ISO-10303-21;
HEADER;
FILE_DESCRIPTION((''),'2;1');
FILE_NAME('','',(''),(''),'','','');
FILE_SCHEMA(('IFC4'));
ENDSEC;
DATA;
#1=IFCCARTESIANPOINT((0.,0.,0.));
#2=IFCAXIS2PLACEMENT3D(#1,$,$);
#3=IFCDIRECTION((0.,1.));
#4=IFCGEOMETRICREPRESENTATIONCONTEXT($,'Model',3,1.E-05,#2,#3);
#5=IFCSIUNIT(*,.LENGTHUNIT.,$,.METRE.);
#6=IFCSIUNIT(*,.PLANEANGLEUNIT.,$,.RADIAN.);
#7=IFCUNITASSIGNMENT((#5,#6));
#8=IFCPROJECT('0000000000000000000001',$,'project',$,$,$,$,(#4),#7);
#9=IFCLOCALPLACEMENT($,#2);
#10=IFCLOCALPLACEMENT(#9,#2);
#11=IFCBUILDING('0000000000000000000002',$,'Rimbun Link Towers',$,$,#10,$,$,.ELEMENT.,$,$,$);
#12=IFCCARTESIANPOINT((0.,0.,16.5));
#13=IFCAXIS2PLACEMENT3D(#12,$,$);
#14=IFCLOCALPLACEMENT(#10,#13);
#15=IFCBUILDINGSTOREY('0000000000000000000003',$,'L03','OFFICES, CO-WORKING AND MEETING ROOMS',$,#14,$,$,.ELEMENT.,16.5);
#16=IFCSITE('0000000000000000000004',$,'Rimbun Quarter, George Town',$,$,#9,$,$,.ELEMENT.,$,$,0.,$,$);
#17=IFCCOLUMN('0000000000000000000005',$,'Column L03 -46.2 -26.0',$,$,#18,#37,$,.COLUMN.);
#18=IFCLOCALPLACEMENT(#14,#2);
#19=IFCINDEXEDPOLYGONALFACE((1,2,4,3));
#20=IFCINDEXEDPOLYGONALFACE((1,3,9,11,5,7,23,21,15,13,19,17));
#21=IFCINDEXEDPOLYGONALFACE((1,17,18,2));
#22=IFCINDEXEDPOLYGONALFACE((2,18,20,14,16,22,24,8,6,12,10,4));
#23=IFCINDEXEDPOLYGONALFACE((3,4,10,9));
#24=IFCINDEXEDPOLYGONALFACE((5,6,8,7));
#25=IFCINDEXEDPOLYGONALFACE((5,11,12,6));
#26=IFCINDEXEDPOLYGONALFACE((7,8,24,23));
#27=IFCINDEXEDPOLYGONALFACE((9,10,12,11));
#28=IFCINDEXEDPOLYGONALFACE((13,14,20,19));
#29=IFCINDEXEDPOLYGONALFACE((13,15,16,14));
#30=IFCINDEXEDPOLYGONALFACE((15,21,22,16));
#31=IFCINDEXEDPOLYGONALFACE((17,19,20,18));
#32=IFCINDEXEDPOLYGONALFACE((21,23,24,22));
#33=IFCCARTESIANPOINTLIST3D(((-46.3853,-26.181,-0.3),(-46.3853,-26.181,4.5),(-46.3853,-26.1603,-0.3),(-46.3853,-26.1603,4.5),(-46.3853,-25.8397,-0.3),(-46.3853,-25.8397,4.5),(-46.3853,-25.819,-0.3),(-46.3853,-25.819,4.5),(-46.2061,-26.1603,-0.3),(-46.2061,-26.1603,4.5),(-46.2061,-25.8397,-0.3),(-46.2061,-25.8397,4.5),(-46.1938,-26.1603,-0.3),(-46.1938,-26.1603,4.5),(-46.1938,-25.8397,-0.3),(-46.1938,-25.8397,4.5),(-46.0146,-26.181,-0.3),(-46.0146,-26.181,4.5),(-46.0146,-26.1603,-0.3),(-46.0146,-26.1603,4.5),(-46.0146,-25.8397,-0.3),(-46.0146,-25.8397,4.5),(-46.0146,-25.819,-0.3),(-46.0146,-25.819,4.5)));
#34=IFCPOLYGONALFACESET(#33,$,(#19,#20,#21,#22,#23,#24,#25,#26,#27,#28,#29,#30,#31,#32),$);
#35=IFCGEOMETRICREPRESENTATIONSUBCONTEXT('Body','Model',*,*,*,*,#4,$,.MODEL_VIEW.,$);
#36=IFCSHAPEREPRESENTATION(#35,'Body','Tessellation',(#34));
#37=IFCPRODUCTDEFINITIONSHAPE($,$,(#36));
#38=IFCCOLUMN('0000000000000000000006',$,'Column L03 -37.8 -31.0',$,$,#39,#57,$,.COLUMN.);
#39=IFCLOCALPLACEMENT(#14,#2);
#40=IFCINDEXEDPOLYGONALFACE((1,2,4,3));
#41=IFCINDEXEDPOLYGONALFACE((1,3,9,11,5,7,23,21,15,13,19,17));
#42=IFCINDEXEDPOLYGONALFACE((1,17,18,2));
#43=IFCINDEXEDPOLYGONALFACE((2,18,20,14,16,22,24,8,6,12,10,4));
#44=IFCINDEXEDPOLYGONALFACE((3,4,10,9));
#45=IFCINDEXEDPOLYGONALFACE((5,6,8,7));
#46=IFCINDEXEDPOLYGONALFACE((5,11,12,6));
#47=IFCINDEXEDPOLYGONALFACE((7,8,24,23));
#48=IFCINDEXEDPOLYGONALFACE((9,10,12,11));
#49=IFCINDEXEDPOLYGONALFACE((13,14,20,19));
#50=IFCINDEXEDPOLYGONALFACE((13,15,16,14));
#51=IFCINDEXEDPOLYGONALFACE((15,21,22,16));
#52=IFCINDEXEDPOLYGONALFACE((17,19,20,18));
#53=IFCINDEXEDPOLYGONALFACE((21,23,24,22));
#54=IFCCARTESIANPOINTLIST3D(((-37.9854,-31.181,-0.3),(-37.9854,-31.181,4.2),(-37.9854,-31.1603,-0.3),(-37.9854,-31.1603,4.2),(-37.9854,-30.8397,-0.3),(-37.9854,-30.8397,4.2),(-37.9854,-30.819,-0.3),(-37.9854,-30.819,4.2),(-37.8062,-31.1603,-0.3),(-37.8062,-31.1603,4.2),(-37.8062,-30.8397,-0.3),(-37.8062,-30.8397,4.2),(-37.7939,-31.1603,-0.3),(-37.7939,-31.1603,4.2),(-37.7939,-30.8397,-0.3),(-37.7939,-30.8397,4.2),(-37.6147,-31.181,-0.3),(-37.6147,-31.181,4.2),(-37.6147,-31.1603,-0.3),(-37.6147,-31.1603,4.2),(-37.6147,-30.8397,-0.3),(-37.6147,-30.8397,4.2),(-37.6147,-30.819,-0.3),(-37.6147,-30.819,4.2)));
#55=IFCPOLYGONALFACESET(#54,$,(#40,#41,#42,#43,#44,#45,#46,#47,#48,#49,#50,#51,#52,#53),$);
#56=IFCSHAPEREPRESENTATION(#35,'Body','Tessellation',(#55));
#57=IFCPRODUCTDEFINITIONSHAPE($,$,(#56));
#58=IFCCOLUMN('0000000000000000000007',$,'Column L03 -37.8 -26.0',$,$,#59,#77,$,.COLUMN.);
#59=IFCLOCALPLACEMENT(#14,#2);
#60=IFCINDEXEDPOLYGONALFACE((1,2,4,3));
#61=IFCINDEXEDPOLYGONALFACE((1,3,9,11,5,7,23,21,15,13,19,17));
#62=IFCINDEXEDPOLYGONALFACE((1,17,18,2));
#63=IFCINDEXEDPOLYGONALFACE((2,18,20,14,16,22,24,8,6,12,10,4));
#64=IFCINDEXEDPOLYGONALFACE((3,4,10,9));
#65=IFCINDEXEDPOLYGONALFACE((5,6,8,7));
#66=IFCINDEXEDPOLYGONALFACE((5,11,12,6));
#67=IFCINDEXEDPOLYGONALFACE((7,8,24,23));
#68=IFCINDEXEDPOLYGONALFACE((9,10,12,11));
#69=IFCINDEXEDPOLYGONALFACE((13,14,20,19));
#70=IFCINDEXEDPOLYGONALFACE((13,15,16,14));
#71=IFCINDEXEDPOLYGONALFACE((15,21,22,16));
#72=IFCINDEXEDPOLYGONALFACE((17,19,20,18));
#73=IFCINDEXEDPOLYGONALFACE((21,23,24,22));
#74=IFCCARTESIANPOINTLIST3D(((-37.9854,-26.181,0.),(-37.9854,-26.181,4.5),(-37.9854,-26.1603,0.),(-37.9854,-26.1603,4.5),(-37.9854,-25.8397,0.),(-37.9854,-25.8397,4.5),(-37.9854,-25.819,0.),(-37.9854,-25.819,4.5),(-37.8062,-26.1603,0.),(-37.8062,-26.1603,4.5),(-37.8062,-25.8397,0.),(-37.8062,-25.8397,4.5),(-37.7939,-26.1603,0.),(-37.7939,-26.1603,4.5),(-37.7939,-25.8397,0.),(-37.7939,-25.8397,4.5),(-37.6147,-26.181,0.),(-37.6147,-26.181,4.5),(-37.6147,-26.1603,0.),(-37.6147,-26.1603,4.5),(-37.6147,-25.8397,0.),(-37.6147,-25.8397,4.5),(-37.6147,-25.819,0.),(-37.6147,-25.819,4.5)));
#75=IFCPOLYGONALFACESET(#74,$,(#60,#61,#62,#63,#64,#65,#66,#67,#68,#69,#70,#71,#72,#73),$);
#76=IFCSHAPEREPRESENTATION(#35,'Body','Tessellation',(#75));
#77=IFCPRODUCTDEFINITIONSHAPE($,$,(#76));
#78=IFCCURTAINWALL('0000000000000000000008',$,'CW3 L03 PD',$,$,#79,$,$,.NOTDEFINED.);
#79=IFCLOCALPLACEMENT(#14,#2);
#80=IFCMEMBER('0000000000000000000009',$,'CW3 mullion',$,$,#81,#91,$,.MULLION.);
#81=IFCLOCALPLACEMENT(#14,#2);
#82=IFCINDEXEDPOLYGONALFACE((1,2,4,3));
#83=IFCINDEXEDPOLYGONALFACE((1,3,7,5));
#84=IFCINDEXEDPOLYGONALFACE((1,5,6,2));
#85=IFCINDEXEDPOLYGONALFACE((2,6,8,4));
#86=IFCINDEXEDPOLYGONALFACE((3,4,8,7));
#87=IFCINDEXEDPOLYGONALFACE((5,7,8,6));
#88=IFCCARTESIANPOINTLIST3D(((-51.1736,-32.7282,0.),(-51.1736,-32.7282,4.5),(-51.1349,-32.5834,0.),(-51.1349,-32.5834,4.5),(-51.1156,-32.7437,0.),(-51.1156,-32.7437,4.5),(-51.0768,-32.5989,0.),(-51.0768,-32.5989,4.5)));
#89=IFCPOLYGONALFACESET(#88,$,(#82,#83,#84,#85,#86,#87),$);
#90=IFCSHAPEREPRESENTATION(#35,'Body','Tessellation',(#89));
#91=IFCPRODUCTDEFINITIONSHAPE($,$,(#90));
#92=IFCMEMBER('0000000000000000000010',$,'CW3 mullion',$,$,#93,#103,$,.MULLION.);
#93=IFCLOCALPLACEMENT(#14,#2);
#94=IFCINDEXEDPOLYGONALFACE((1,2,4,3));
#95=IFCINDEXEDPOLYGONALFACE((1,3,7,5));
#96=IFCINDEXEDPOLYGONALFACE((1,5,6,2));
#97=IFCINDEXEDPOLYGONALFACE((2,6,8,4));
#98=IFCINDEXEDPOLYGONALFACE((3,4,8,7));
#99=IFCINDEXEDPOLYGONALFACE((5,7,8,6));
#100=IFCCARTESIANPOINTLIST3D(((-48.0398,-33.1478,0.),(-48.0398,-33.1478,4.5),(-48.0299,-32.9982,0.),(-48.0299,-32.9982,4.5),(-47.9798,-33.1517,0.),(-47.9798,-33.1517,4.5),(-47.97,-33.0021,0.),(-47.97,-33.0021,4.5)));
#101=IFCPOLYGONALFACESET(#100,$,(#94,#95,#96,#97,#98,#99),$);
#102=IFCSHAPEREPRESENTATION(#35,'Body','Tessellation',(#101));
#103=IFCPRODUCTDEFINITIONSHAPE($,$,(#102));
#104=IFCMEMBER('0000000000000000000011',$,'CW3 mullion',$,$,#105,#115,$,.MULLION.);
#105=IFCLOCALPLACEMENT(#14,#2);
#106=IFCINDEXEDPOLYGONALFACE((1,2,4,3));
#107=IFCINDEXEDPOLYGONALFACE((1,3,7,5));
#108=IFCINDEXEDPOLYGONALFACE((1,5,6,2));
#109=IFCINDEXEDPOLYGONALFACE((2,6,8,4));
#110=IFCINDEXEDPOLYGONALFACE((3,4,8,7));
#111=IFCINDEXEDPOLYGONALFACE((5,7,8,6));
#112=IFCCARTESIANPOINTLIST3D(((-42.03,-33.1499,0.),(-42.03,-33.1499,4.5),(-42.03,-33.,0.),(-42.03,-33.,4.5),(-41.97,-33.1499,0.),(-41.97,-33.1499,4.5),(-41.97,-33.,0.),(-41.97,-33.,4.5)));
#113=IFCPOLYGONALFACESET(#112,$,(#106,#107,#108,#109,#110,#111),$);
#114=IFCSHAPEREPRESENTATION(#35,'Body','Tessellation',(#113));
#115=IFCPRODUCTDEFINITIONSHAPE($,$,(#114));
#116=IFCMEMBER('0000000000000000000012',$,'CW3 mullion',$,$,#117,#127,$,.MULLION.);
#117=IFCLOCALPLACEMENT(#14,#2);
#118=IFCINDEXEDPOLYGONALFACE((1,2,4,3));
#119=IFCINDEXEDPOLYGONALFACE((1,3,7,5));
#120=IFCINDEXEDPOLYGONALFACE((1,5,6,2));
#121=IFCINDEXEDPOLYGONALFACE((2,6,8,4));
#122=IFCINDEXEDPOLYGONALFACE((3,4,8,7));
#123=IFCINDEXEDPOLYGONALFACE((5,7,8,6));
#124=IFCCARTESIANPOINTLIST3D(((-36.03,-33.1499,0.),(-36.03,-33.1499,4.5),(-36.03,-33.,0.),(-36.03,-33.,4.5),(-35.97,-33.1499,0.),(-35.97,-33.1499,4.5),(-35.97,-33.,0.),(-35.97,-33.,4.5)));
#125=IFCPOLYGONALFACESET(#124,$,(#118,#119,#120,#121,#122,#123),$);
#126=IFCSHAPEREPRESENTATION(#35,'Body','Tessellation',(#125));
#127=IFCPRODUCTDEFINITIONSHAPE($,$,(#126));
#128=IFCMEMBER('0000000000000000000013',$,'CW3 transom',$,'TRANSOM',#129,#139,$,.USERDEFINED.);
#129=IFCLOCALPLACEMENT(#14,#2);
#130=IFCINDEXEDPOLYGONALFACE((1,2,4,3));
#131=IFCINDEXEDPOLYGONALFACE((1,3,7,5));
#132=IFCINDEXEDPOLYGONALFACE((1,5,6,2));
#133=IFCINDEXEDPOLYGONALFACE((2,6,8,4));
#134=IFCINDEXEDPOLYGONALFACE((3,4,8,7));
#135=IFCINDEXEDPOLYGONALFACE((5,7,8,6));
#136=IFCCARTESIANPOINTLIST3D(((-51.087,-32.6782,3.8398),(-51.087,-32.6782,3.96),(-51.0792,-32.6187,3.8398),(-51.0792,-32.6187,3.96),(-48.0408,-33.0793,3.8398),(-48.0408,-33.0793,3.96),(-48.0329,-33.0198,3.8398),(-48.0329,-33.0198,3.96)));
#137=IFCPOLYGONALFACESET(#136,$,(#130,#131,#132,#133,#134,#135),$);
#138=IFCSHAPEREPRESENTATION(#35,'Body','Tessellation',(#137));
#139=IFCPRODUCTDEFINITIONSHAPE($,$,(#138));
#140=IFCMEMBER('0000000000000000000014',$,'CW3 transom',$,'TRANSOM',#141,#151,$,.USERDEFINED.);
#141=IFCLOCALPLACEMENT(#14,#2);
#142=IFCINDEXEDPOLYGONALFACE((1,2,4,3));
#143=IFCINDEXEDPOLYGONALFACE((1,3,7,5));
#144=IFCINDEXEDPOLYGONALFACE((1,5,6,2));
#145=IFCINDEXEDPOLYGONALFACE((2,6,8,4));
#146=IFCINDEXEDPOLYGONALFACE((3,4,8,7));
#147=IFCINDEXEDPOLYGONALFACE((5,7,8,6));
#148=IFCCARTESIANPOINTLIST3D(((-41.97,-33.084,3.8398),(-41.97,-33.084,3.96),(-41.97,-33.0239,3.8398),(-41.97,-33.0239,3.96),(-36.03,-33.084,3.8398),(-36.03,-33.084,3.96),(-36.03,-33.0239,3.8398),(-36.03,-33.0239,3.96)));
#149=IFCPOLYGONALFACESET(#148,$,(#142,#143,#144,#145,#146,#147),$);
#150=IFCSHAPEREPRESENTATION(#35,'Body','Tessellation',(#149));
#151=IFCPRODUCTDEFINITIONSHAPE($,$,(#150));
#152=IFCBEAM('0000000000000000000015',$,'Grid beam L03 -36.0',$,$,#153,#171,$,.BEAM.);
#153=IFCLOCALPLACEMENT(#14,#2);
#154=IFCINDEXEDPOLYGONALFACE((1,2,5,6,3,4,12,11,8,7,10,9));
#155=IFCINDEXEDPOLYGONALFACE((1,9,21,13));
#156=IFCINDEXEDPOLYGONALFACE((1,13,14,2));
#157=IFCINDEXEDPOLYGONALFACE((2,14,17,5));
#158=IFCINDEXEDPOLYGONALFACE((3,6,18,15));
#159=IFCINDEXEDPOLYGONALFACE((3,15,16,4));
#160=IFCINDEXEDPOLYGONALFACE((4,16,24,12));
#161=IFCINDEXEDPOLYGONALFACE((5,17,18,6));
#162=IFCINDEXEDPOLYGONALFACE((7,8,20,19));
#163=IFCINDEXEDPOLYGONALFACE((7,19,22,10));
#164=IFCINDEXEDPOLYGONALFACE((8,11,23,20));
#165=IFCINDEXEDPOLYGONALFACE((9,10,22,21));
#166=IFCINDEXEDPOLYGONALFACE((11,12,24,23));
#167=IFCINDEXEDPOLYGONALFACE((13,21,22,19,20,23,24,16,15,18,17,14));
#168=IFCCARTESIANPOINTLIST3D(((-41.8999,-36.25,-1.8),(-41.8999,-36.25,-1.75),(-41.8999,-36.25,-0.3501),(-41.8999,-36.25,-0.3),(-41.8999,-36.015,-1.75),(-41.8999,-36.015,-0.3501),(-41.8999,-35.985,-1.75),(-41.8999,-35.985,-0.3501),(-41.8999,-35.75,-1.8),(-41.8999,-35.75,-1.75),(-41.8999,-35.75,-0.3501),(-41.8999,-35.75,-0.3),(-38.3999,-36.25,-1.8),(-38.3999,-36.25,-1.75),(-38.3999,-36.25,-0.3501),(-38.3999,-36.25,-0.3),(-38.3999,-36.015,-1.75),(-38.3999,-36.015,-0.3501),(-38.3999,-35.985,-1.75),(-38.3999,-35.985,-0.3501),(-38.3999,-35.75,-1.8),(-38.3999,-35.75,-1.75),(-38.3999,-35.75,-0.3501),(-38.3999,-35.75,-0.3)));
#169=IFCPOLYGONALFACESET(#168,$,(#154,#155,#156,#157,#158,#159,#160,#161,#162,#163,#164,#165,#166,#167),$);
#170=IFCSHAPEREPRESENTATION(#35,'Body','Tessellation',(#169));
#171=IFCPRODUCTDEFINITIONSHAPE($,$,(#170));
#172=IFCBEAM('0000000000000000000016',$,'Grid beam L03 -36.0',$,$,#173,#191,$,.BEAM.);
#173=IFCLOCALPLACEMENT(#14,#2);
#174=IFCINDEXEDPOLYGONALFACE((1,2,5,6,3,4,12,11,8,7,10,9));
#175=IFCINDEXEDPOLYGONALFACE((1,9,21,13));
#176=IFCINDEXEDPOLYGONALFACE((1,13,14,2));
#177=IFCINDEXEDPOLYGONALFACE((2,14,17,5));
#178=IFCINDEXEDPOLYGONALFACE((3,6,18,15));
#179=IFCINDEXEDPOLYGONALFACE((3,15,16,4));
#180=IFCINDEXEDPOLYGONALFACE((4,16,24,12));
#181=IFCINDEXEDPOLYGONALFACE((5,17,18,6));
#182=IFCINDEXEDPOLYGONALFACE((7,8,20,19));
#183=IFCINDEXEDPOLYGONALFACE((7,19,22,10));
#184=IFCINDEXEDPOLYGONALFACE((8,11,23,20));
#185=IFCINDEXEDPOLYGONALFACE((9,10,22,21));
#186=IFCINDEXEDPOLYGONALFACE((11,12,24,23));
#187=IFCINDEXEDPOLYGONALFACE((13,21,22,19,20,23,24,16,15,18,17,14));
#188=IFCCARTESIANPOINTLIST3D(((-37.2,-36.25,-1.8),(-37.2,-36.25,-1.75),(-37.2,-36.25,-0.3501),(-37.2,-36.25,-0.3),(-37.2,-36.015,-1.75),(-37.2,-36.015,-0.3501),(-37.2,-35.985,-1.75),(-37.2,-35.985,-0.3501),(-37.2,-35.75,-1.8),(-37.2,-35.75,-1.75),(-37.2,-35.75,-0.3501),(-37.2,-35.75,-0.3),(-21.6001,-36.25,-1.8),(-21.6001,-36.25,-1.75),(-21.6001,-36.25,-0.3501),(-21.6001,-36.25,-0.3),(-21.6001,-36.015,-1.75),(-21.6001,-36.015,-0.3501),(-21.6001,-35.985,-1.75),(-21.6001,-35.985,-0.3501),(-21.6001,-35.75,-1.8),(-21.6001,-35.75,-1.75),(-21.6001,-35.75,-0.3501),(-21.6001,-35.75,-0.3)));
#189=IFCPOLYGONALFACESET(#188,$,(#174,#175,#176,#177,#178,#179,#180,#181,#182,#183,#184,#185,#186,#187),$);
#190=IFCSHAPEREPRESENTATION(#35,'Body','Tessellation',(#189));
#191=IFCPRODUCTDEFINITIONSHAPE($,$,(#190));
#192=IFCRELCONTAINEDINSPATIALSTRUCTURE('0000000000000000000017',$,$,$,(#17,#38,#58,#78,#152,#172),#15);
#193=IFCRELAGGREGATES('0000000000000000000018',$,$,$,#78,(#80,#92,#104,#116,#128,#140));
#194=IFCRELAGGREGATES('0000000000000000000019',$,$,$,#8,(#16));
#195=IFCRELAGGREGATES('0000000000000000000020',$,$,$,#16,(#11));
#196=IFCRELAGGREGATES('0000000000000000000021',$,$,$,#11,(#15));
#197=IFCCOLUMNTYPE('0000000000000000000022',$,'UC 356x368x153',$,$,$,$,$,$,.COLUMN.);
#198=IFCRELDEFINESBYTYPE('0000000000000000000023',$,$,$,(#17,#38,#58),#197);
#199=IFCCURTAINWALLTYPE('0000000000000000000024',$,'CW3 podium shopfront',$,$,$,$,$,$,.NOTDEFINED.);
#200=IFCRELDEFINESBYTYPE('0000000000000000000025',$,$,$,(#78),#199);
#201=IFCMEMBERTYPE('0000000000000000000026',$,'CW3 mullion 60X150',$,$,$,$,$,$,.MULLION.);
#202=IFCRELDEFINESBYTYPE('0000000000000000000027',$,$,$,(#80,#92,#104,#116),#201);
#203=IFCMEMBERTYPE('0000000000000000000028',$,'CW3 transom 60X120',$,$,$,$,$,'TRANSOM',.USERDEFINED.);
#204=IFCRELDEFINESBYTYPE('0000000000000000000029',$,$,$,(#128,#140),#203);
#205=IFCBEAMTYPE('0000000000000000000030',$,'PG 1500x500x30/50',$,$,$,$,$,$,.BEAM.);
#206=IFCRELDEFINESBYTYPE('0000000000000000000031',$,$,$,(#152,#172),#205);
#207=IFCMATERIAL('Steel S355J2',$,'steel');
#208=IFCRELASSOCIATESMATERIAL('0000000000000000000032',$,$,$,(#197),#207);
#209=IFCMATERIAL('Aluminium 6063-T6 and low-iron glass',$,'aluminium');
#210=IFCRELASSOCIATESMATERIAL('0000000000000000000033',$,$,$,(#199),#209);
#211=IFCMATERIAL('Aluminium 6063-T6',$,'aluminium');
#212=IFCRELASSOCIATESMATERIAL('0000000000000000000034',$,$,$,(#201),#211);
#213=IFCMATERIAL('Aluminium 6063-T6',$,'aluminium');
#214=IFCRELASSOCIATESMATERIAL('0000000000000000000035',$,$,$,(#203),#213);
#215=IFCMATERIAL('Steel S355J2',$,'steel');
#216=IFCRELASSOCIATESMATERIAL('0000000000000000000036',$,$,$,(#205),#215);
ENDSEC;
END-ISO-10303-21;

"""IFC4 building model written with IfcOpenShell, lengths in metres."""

from ifc_helpers import new_model, si_unit, direction, frame, origin, origin_2d, place, context, subcontext, project, spatial, rectangle, i_section, extrude, material, material_profile, profile_set, type_object, element, aggregate, save


model = new_model("IFC4")

# Units and contexts
model_context = context("Model", 3, precision=1e-05, world=origin(), true_north=direction((0.0, 1.0)))
body_context = subcontext(model_context, "Body", "Model", "MODEL_VIEW")
ifc_project = project(units=[si_unit("LENGTHUNIT", "METRE"), si_unit("PLANEANGLEUNIT", "RADIAN")], contexts=[model_context])

# Site, building, storey
site_placement = place(None, origin())
site = spatial("IfcSite", under=ifc_project, at=site_placement, Name="Rimbun Quarter, George Town", CompositionType="ELEMENT", RefElevation=0.0)
building_placement = place(site_placement, origin())
building = spatial("IfcBuilding", under=site, at=building_placement, Name="Rimbun Link Towers", CompositionType="ELEMENT")
storey_placement = place(building_placement, frame((0.0, 0.0, 16.5)))
storey = spatial("IfcBuildingStorey", under=building, at=storey_placement, Name="L03", Description="OFFICES, CO-WORKING AND MEETING ROOMS", CompositionType="ELEMENT", Elevation=16.5)

# Columns
ifc_material_1 = material(Name="Steel S355J2", Category="steel")
ifc_material_profile_1 = material_profile(ifc_material_1, i_section(OverallWidth=0.3706, OverallDepth=0.3621, WebThickness=0.0122, FlangeThickness=0.0208, at=origin_2d()), Name="UC 356x368x153")
ifc_profile_set_1 = profile_set([ifc_material_profile_1], Name="Steel S355J2")
column_type = type_object("IfcColumnType", Name="UC 356x368x153", PredefinedType="COLUMN", material=ifc_profile_set_1)
column_placement = place(storey_placement, frame((-46.2, -26.0, -0.3), z_axis=(0.0, 0.0, 1.0), x_axis=(1.0, 0.0, 0.0)))
element("IfcColumn", 1, at=column_placement, inside=storey, type_object=column_type, Name="Column L03 -46.2 -26.0", PredefinedType="COLUMN", context=body_context, shape_type="SweptSolid", body=[
    extrude(i_section(OverallWidth=0.3706, OverallDepth=0.3621, WebThickness=0.0122, FlangeThickness=0.0208, at=origin_2d()), origin(), (0.0, 0.0, 1.0), 4.8),
])
for number, where, z_axis, x_axis, name in (
    (2, (-37.8, -31.0, -0.3), (0.0, 0.0, 1.0), (1.0, 0.0, 0.0), "Column L03 -37.8 -31.0"),
    (3, (-37.8, -26.0, 0.0), (0.0, 0.0, 1.0), (1.0, 0.0, 0.0), "Column L03 -37.8 -26.0"),
):
    element("IfcColumn", number, at=place(storey_placement, frame(where, z_axis=z_axis, x_axis=x_axis)), inside=storey, type_object=column_type, Name=name, PredefinedType="COLUMN", context=body_context, shape_type="SweptSolid", body=[
        extrude(i_section(OverallWidth=0.3706, OverallDepth=0.3621, WebThickness=0.0122, FlangeThickness=0.0208, at=origin_2d()), origin(), (0.0, 0.0, 1.0), 4.5),
    ])

# Curtain wall, members
ifc_material_2 = material(Name="Aluminium 6063-T6 and low-iron glass", Category="aluminium")
curtain_wall_type = type_object("IfcCurtainWallType", Name="CW3 podium shopfront", PredefinedType="NOTDEFINED", material=ifc_material_2)
curtain_wall_placement = place(storey_placement, origin())
curtain_wall = element("IfcCurtainWall", 4, at=curtain_wall_placement, inside=storey, type_object=curtain_wall_type, Name="CW3 L03 PD", PredefinedType="NOTDEFINED")
ifc_material_3 = material(Name="Aluminium 6063-T6", Category="aluminium")
ifc_material_profile_2 = material_profile(ifc_material_3, rectangle(XDim=0.1499, YDim=0.0601, at=origin_2d()), Name="MULLION 60X150")
ifc_profile_set_2 = profile_set([ifc_material_profile_2], Name="Aluminium 6063-T6")
member_type_1 = type_object("IfcMemberType", Name="CW3 mullion 60X150", PredefinedType="MULLION", material=ifc_profile_set_2)
member_1_placement = place(storey_placement, frame((-51.1252, -32.6636, 0.0), z_axis=(0.0, 0.0, 1.0), x_axis=(-0.258819, -0.965926, 0.0)))
member_1 = element("IfcMember", 5, at=member_1_placement, type_object=member_type_1, Name="CW3 mullion", PredefinedType="MULLION", context=body_context, shape_type="SweptSolid", body=[
    extrude(rectangle(XDim=0.1499, YDim=0.0601, at=origin_2d()), origin(), (0.0, 0.0, 1.0), 4.5),
])
member_2_placement = place(storey_placement, frame((-48.0049, -33.075, 0.0), z_axis=(0.0, 0.0, 1.0), x_axis=(-0.065405, -0.997859, 0.0)))
member_2 = element("IfcMember", 6, at=member_2_placement, type_object=member_type_1, Name="CW3 mullion", PredefinedType="MULLION", context=body_context, shape_type="SweptSolid", body=[
    extrude(rectangle(XDim=0.1499, YDim=0.0601, at=origin_2d()), origin(), (0.0, 0.0, 1.0), 4.5),
])
member_3_placement = place(storey_placement, frame((-42.0, -33.075, 0.0), z_axis=(0.0, 0.0, 1.0), x_axis=(0.0, -1.0, 0.0)))
member_3 = element("IfcMember", 7, at=member_3_placement, type_object=member_type_1, Name="CW3 mullion", PredefinedType="MULLION", context=body_context, shape_type="SweptSolid", body=[
    extrude(rectangle(XDim=0.1499, YDim=0.0601, at=origin_2d()), origin(), (0.0, 0.0, 1.0), 4.5),
])
member_4_placement = place(storey_placement, frame((-36.0, -33.075, 0.0), z_axis=(0.0, 0.0, 1.0), x_axis=(0.0, -1.0, 0.0)))
member_4 = element("IfcMember", 8, at=member_4_placement, type_object=member_type_1, Name="CW3 mullion", PredefinedType="MULLION", context=body_context, shape_type="SweptSolid", body=[
    extrude(rectangle(XDim=0.1499, YDim=0.0601, at=origin_2d()), origin(), (0.0, 0.0, 1.0), 4.5),
])
ifc_material_4 = material(Name="Aluminium 6063-T6", Category="aluminium")
ifc_material_profile_3 = material_profile(ifc_material_4, rectangle(XDim=0.0601, YDim=0.1201, at=origin_2d()), Name="TRANSOM 60X120")
ifc_profile_set_3 = profile_set([ifc_material_profile_3], Name="Aluminium 6063-T6")
member_type_2 = type_object("IfcMemberType", Name="CW3 transom 60X120", ElementType="TRANSOM", PredefinedType="USERDEFINED", material=ifc_profile_set_3)
member_5_placement = place(storey_placement, frame((-48.0369, -33.0496, 3.8999), z_axis=(-0.991441, 0.130555, 0.0), x_axis=(-0.130555, -0.991441, 0.0)))
member_5 = element("IfcMember", 9, at=member_5_placement, type_object=member_type_2, Name="CW3 transom", ObjectType="TRANSOM", PredefinedType="USERDEFINED", context=body_context, shape_type="SweptSolid", body=[
    extrude(rectangle(XDim=0.0601, YDim=0.1201, at=origin_2d()), origin(), (0.0, 0.0, 1.0), 3.0725),
])
member_6_placement = place(storey_placement, frame((-36.03, -33.054, 3.8999), z_axis=(-1.0, 0.0, 0.0), x_axis=(0.0, -1.0, 0.0)))
member_6 = element("IfcMember", 10, at=member_6_placement, type_object=member_type_2, Name="CW3 transom", ObjectType="TRANSOM", PredefinedType="USERDEFINED", context=body_context, shape_type="SweptSolid", body=[
    extrude(rectangle(XDim=0.0601, YDim=0.1201, at=origin_2d()), origin(), (0.0, 0.0, 1.0), 5.9399),
])

# Beams
ifc_material_5 = material(Name="Steel S355J2", Category="steel")
ifc_material_profile_4 = material_profile(ifc_material_5, i_section(OverallWidth=0.5, OverallDepth=1.5, WebThickness=0.03, FlangeThickness=0.05, at=origin_2d()), Name="PG 1500x500x30/50")
ifc_profile_set_4 = profile_set([ifc_material_profile_4], Name="Steel S355J2")
beam_type = type_object("IfcBeamType", Name="PG 1500x500x30/50", PredefinedType="BEAM", material=ifc_profile_set_4)
beam_1_placement = place(storey_placement, frame((-41.8999, -36.0, -1.05), z_axis=(1.0, 0.0, 0.0), x_axis=(0.0, 1.0, 0.0)))
element("IfcBeam", 11, at=beam_1_placement, inside=storey, type_object=beam_type, Name="Grid beam L03 -36.0", PredefinedType="BEAM", context=body_context, shape_type="SweptSolid", body=[
    extrude(i_section(OverallWidth=0.5, OverallDepth=1.5, WebThickness=0.03, FlangeThickness=0.05, at=origin_2d()), origin(), (0.0, 0.0, 1.0), 3.5),
])
for number, where, z_axis, x_axis, name in (
    (12, (-37.2, -36.0, -1.05), (1.0, 0.0, 0.0), (0.0, 1.0, 0.0), "Grid beam L03 -36.0"),
):
    element("IfcBeam", number, at=place(storey_placement, frame(where, z_axis=z_axis, x_axis=x_axis)), inside=storey, type_object=beam_type, Name=name, PredefinedType="BEAM", context=body_context, shape_type="SweptSolid", body=[
        extrude(i_section(OverallWidth=0.5, OverallDepth=1.5, WebThickness=0.03, FlangeThickness=0.05, at=origin_2d()), origin(), (0.0, 0.0, 1.0), 15.5999),
    ])

aggregate(curtain_wall, [member_1, member_2, member_3, member_4, member_5, member_6])

save(model, "model.ifc")
